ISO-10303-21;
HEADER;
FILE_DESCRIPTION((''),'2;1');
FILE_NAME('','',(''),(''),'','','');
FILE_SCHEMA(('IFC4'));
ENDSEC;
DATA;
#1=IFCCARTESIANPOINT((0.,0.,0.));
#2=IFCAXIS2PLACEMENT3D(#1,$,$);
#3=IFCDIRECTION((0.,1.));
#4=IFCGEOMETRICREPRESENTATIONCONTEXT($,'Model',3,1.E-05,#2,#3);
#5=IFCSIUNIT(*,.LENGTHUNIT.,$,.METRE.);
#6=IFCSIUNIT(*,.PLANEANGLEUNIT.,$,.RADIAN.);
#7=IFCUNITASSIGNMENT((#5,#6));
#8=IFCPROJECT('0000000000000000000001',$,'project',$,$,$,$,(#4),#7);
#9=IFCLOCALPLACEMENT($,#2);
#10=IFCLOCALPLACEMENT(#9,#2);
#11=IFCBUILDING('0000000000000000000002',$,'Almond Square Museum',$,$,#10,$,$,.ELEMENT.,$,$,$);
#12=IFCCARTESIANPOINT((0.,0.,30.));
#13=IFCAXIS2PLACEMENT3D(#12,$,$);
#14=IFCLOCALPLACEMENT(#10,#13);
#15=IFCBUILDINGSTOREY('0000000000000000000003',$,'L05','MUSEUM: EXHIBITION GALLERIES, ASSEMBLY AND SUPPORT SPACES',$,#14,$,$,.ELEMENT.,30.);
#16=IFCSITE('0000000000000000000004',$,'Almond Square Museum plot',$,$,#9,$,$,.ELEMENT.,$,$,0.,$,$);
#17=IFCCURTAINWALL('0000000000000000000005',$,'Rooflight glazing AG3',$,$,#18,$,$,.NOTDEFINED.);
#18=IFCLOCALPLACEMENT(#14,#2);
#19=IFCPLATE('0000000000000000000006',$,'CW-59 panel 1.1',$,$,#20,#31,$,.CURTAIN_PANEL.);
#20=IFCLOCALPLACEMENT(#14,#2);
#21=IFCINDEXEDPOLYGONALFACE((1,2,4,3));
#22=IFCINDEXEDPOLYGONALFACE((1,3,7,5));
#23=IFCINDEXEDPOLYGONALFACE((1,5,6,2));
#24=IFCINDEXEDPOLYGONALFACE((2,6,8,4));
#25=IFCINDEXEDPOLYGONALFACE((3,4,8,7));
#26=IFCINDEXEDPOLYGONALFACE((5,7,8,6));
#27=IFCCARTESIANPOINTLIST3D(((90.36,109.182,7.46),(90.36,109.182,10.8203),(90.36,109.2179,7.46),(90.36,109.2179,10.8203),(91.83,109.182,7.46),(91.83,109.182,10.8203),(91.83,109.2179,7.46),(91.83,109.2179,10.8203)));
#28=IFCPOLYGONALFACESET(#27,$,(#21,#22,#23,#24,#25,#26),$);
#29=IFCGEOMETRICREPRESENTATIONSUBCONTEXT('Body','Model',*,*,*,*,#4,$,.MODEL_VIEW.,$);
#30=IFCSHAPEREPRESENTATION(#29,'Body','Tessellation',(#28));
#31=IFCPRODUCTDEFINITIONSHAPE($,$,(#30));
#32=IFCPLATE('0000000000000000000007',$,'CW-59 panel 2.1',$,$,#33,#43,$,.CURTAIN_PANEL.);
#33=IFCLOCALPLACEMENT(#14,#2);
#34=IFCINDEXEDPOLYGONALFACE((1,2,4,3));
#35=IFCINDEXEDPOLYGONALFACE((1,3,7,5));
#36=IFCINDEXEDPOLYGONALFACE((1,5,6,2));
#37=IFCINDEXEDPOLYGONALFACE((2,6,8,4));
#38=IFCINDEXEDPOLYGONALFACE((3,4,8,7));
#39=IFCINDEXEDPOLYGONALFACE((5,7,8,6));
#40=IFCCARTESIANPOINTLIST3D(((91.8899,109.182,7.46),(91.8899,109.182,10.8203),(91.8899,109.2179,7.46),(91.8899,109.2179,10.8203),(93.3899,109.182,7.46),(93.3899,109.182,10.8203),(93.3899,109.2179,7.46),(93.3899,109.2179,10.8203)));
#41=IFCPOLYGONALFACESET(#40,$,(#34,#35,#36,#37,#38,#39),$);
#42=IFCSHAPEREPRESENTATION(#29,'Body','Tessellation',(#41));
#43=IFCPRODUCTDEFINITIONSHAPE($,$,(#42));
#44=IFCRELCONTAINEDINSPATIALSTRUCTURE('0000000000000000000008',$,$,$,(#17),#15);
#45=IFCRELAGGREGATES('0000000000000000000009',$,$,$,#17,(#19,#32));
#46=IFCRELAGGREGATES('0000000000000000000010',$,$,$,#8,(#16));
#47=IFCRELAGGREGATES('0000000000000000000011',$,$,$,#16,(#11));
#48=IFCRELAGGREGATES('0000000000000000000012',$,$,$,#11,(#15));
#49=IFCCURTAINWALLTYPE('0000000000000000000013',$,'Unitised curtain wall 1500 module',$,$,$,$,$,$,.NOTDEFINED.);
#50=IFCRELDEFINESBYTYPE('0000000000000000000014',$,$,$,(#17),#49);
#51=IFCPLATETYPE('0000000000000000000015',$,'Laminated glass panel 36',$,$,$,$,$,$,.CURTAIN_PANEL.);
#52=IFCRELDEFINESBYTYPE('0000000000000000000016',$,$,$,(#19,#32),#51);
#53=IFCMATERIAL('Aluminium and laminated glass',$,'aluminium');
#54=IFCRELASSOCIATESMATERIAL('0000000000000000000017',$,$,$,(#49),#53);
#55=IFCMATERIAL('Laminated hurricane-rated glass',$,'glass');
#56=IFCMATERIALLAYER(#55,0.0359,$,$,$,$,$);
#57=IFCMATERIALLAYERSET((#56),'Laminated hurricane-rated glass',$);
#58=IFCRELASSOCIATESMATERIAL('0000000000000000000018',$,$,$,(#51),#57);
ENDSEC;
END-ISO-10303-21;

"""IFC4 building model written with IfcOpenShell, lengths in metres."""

from ifc_helpers import new_model, si_unit, direction, frame, origin, origin_2d, place, context, subcontext, project, spatial, rectangle, extrude, material, layer, layer_set, type_object, element, aggregate, save


model = new_model("IFC4")

# Units and contexts
model_context = context("Model", 3, precision=1e-05, world=origin(), true_north=direction((0.0, 1.0)))
body_context = subcontext(model_context, "Body", "Model", "MODEL_VIEW")
ifc_project = project(units=[si_unit("LENGTHUNIT", "METRE"), si_unit("PLANEANGLEUNIT", "RADIAN")], contexts=[model_context])

# Site, building, storey
site_placement = place(None, origin())
site = spatial("IfcSite", under=ifc_project, at=site_placement, Name="Almond Square Museum plot", CompositionType="ELEMENT", RefElevation=0.0)
building_placement = place(site_placement, origin())
building = spatial("IfcBuilding", under=site, at=building_placement, Name="Almond Square Museum", CompositionType="ELEMENT")
storey_placement = place(building_placement, frame((0.0, 0.0, 30.0)))
storey = spatial("IfcBuildingStorey", under=building, at=storey_placement, Name="L05", Description="MUSEUM: EXHIBITION GALLERIES, ASSEMBLY AND SUPPORT SPACES", CompositionType="ELEMENT", Elevation=30.0)

# Shared definitions
ifc_material_1 = material(Name="Aluminium and laminated glass", Category="aluminium")
curtain_wall_type = type_object("IfcCurtainWallType", Name="Unitised curtain wall 1500 module", PredefinedType="NOTDEFINED", material=ifc_material_1)

# Curtain wall
curtain_wall_1_placement = place(storey_placement, origin())
curtain_wall_1 = element("IfcCurtainWall", 1, at=curtain_wall_1_placement, inside=storey, type_object=curtain_wall_type, Name="Rooflight glazing AG3", PredefinedType="NOTDEFINED")

# Shared definitions
ifc_material_2 = material(Name="Laminated hurricane-rated glass", Category="glass")
ifc_layer = layer(ifc_material_2, 0.0359)
ifc_layer_set = layer_set([ifc_layer], Name="Laminated hurricane-rated glass")
plate_type = type_object("IfcPlateType", Name="Laminated glass panel 36", PredefinedType="CURTAIN_PANEL", material=ifc_layer_set)

# Plates
plate_1_placement = place(storey_placement, frame((91.095, 109.2, 7.46), z_axis=(0.0, 0.0, 1.0), x_axis=(1.0, 0.0, 0.0)))
plate_1 = element("IfcPlate", 2, at=plate_1_placement, type_object=plate_type, Name="CW-59 panel 1.1", PredefinedType="CURTAIN_PANEL", context=body_context, shape_type="SweptSolid", body=[
    extrude(rectangle(XDim=1.47, YDim=0.0359, at=origin_2d()), origin(), (0.0, 0.0, 1.0), 3.3604),
])
plate_2_placement = place(storey_placement, frame((92.6399, 109.2, 7.46), z_axis=(0.0, 0.0, 1.0), x_axis=(1.0, 0.0, 0.0)))
plate_2 = element("IfcPlate", 3, at=plate_2_placement, type_object=plate_type, Name="CW-59 panel 2.1", PredefinedType="CURTAIN_PANEL", context=body_context, shape_type="SweptSolid", body=[
    extrude(rectangle(XDim=1.5, YDim=0.0359, at=origin_2d()), origin(), (0.0, 0.0, 1.0), 3.3604),
])
aggregate(curtain_wall_1, [plate_1, plate_2])

save(model, "model.ifc")
